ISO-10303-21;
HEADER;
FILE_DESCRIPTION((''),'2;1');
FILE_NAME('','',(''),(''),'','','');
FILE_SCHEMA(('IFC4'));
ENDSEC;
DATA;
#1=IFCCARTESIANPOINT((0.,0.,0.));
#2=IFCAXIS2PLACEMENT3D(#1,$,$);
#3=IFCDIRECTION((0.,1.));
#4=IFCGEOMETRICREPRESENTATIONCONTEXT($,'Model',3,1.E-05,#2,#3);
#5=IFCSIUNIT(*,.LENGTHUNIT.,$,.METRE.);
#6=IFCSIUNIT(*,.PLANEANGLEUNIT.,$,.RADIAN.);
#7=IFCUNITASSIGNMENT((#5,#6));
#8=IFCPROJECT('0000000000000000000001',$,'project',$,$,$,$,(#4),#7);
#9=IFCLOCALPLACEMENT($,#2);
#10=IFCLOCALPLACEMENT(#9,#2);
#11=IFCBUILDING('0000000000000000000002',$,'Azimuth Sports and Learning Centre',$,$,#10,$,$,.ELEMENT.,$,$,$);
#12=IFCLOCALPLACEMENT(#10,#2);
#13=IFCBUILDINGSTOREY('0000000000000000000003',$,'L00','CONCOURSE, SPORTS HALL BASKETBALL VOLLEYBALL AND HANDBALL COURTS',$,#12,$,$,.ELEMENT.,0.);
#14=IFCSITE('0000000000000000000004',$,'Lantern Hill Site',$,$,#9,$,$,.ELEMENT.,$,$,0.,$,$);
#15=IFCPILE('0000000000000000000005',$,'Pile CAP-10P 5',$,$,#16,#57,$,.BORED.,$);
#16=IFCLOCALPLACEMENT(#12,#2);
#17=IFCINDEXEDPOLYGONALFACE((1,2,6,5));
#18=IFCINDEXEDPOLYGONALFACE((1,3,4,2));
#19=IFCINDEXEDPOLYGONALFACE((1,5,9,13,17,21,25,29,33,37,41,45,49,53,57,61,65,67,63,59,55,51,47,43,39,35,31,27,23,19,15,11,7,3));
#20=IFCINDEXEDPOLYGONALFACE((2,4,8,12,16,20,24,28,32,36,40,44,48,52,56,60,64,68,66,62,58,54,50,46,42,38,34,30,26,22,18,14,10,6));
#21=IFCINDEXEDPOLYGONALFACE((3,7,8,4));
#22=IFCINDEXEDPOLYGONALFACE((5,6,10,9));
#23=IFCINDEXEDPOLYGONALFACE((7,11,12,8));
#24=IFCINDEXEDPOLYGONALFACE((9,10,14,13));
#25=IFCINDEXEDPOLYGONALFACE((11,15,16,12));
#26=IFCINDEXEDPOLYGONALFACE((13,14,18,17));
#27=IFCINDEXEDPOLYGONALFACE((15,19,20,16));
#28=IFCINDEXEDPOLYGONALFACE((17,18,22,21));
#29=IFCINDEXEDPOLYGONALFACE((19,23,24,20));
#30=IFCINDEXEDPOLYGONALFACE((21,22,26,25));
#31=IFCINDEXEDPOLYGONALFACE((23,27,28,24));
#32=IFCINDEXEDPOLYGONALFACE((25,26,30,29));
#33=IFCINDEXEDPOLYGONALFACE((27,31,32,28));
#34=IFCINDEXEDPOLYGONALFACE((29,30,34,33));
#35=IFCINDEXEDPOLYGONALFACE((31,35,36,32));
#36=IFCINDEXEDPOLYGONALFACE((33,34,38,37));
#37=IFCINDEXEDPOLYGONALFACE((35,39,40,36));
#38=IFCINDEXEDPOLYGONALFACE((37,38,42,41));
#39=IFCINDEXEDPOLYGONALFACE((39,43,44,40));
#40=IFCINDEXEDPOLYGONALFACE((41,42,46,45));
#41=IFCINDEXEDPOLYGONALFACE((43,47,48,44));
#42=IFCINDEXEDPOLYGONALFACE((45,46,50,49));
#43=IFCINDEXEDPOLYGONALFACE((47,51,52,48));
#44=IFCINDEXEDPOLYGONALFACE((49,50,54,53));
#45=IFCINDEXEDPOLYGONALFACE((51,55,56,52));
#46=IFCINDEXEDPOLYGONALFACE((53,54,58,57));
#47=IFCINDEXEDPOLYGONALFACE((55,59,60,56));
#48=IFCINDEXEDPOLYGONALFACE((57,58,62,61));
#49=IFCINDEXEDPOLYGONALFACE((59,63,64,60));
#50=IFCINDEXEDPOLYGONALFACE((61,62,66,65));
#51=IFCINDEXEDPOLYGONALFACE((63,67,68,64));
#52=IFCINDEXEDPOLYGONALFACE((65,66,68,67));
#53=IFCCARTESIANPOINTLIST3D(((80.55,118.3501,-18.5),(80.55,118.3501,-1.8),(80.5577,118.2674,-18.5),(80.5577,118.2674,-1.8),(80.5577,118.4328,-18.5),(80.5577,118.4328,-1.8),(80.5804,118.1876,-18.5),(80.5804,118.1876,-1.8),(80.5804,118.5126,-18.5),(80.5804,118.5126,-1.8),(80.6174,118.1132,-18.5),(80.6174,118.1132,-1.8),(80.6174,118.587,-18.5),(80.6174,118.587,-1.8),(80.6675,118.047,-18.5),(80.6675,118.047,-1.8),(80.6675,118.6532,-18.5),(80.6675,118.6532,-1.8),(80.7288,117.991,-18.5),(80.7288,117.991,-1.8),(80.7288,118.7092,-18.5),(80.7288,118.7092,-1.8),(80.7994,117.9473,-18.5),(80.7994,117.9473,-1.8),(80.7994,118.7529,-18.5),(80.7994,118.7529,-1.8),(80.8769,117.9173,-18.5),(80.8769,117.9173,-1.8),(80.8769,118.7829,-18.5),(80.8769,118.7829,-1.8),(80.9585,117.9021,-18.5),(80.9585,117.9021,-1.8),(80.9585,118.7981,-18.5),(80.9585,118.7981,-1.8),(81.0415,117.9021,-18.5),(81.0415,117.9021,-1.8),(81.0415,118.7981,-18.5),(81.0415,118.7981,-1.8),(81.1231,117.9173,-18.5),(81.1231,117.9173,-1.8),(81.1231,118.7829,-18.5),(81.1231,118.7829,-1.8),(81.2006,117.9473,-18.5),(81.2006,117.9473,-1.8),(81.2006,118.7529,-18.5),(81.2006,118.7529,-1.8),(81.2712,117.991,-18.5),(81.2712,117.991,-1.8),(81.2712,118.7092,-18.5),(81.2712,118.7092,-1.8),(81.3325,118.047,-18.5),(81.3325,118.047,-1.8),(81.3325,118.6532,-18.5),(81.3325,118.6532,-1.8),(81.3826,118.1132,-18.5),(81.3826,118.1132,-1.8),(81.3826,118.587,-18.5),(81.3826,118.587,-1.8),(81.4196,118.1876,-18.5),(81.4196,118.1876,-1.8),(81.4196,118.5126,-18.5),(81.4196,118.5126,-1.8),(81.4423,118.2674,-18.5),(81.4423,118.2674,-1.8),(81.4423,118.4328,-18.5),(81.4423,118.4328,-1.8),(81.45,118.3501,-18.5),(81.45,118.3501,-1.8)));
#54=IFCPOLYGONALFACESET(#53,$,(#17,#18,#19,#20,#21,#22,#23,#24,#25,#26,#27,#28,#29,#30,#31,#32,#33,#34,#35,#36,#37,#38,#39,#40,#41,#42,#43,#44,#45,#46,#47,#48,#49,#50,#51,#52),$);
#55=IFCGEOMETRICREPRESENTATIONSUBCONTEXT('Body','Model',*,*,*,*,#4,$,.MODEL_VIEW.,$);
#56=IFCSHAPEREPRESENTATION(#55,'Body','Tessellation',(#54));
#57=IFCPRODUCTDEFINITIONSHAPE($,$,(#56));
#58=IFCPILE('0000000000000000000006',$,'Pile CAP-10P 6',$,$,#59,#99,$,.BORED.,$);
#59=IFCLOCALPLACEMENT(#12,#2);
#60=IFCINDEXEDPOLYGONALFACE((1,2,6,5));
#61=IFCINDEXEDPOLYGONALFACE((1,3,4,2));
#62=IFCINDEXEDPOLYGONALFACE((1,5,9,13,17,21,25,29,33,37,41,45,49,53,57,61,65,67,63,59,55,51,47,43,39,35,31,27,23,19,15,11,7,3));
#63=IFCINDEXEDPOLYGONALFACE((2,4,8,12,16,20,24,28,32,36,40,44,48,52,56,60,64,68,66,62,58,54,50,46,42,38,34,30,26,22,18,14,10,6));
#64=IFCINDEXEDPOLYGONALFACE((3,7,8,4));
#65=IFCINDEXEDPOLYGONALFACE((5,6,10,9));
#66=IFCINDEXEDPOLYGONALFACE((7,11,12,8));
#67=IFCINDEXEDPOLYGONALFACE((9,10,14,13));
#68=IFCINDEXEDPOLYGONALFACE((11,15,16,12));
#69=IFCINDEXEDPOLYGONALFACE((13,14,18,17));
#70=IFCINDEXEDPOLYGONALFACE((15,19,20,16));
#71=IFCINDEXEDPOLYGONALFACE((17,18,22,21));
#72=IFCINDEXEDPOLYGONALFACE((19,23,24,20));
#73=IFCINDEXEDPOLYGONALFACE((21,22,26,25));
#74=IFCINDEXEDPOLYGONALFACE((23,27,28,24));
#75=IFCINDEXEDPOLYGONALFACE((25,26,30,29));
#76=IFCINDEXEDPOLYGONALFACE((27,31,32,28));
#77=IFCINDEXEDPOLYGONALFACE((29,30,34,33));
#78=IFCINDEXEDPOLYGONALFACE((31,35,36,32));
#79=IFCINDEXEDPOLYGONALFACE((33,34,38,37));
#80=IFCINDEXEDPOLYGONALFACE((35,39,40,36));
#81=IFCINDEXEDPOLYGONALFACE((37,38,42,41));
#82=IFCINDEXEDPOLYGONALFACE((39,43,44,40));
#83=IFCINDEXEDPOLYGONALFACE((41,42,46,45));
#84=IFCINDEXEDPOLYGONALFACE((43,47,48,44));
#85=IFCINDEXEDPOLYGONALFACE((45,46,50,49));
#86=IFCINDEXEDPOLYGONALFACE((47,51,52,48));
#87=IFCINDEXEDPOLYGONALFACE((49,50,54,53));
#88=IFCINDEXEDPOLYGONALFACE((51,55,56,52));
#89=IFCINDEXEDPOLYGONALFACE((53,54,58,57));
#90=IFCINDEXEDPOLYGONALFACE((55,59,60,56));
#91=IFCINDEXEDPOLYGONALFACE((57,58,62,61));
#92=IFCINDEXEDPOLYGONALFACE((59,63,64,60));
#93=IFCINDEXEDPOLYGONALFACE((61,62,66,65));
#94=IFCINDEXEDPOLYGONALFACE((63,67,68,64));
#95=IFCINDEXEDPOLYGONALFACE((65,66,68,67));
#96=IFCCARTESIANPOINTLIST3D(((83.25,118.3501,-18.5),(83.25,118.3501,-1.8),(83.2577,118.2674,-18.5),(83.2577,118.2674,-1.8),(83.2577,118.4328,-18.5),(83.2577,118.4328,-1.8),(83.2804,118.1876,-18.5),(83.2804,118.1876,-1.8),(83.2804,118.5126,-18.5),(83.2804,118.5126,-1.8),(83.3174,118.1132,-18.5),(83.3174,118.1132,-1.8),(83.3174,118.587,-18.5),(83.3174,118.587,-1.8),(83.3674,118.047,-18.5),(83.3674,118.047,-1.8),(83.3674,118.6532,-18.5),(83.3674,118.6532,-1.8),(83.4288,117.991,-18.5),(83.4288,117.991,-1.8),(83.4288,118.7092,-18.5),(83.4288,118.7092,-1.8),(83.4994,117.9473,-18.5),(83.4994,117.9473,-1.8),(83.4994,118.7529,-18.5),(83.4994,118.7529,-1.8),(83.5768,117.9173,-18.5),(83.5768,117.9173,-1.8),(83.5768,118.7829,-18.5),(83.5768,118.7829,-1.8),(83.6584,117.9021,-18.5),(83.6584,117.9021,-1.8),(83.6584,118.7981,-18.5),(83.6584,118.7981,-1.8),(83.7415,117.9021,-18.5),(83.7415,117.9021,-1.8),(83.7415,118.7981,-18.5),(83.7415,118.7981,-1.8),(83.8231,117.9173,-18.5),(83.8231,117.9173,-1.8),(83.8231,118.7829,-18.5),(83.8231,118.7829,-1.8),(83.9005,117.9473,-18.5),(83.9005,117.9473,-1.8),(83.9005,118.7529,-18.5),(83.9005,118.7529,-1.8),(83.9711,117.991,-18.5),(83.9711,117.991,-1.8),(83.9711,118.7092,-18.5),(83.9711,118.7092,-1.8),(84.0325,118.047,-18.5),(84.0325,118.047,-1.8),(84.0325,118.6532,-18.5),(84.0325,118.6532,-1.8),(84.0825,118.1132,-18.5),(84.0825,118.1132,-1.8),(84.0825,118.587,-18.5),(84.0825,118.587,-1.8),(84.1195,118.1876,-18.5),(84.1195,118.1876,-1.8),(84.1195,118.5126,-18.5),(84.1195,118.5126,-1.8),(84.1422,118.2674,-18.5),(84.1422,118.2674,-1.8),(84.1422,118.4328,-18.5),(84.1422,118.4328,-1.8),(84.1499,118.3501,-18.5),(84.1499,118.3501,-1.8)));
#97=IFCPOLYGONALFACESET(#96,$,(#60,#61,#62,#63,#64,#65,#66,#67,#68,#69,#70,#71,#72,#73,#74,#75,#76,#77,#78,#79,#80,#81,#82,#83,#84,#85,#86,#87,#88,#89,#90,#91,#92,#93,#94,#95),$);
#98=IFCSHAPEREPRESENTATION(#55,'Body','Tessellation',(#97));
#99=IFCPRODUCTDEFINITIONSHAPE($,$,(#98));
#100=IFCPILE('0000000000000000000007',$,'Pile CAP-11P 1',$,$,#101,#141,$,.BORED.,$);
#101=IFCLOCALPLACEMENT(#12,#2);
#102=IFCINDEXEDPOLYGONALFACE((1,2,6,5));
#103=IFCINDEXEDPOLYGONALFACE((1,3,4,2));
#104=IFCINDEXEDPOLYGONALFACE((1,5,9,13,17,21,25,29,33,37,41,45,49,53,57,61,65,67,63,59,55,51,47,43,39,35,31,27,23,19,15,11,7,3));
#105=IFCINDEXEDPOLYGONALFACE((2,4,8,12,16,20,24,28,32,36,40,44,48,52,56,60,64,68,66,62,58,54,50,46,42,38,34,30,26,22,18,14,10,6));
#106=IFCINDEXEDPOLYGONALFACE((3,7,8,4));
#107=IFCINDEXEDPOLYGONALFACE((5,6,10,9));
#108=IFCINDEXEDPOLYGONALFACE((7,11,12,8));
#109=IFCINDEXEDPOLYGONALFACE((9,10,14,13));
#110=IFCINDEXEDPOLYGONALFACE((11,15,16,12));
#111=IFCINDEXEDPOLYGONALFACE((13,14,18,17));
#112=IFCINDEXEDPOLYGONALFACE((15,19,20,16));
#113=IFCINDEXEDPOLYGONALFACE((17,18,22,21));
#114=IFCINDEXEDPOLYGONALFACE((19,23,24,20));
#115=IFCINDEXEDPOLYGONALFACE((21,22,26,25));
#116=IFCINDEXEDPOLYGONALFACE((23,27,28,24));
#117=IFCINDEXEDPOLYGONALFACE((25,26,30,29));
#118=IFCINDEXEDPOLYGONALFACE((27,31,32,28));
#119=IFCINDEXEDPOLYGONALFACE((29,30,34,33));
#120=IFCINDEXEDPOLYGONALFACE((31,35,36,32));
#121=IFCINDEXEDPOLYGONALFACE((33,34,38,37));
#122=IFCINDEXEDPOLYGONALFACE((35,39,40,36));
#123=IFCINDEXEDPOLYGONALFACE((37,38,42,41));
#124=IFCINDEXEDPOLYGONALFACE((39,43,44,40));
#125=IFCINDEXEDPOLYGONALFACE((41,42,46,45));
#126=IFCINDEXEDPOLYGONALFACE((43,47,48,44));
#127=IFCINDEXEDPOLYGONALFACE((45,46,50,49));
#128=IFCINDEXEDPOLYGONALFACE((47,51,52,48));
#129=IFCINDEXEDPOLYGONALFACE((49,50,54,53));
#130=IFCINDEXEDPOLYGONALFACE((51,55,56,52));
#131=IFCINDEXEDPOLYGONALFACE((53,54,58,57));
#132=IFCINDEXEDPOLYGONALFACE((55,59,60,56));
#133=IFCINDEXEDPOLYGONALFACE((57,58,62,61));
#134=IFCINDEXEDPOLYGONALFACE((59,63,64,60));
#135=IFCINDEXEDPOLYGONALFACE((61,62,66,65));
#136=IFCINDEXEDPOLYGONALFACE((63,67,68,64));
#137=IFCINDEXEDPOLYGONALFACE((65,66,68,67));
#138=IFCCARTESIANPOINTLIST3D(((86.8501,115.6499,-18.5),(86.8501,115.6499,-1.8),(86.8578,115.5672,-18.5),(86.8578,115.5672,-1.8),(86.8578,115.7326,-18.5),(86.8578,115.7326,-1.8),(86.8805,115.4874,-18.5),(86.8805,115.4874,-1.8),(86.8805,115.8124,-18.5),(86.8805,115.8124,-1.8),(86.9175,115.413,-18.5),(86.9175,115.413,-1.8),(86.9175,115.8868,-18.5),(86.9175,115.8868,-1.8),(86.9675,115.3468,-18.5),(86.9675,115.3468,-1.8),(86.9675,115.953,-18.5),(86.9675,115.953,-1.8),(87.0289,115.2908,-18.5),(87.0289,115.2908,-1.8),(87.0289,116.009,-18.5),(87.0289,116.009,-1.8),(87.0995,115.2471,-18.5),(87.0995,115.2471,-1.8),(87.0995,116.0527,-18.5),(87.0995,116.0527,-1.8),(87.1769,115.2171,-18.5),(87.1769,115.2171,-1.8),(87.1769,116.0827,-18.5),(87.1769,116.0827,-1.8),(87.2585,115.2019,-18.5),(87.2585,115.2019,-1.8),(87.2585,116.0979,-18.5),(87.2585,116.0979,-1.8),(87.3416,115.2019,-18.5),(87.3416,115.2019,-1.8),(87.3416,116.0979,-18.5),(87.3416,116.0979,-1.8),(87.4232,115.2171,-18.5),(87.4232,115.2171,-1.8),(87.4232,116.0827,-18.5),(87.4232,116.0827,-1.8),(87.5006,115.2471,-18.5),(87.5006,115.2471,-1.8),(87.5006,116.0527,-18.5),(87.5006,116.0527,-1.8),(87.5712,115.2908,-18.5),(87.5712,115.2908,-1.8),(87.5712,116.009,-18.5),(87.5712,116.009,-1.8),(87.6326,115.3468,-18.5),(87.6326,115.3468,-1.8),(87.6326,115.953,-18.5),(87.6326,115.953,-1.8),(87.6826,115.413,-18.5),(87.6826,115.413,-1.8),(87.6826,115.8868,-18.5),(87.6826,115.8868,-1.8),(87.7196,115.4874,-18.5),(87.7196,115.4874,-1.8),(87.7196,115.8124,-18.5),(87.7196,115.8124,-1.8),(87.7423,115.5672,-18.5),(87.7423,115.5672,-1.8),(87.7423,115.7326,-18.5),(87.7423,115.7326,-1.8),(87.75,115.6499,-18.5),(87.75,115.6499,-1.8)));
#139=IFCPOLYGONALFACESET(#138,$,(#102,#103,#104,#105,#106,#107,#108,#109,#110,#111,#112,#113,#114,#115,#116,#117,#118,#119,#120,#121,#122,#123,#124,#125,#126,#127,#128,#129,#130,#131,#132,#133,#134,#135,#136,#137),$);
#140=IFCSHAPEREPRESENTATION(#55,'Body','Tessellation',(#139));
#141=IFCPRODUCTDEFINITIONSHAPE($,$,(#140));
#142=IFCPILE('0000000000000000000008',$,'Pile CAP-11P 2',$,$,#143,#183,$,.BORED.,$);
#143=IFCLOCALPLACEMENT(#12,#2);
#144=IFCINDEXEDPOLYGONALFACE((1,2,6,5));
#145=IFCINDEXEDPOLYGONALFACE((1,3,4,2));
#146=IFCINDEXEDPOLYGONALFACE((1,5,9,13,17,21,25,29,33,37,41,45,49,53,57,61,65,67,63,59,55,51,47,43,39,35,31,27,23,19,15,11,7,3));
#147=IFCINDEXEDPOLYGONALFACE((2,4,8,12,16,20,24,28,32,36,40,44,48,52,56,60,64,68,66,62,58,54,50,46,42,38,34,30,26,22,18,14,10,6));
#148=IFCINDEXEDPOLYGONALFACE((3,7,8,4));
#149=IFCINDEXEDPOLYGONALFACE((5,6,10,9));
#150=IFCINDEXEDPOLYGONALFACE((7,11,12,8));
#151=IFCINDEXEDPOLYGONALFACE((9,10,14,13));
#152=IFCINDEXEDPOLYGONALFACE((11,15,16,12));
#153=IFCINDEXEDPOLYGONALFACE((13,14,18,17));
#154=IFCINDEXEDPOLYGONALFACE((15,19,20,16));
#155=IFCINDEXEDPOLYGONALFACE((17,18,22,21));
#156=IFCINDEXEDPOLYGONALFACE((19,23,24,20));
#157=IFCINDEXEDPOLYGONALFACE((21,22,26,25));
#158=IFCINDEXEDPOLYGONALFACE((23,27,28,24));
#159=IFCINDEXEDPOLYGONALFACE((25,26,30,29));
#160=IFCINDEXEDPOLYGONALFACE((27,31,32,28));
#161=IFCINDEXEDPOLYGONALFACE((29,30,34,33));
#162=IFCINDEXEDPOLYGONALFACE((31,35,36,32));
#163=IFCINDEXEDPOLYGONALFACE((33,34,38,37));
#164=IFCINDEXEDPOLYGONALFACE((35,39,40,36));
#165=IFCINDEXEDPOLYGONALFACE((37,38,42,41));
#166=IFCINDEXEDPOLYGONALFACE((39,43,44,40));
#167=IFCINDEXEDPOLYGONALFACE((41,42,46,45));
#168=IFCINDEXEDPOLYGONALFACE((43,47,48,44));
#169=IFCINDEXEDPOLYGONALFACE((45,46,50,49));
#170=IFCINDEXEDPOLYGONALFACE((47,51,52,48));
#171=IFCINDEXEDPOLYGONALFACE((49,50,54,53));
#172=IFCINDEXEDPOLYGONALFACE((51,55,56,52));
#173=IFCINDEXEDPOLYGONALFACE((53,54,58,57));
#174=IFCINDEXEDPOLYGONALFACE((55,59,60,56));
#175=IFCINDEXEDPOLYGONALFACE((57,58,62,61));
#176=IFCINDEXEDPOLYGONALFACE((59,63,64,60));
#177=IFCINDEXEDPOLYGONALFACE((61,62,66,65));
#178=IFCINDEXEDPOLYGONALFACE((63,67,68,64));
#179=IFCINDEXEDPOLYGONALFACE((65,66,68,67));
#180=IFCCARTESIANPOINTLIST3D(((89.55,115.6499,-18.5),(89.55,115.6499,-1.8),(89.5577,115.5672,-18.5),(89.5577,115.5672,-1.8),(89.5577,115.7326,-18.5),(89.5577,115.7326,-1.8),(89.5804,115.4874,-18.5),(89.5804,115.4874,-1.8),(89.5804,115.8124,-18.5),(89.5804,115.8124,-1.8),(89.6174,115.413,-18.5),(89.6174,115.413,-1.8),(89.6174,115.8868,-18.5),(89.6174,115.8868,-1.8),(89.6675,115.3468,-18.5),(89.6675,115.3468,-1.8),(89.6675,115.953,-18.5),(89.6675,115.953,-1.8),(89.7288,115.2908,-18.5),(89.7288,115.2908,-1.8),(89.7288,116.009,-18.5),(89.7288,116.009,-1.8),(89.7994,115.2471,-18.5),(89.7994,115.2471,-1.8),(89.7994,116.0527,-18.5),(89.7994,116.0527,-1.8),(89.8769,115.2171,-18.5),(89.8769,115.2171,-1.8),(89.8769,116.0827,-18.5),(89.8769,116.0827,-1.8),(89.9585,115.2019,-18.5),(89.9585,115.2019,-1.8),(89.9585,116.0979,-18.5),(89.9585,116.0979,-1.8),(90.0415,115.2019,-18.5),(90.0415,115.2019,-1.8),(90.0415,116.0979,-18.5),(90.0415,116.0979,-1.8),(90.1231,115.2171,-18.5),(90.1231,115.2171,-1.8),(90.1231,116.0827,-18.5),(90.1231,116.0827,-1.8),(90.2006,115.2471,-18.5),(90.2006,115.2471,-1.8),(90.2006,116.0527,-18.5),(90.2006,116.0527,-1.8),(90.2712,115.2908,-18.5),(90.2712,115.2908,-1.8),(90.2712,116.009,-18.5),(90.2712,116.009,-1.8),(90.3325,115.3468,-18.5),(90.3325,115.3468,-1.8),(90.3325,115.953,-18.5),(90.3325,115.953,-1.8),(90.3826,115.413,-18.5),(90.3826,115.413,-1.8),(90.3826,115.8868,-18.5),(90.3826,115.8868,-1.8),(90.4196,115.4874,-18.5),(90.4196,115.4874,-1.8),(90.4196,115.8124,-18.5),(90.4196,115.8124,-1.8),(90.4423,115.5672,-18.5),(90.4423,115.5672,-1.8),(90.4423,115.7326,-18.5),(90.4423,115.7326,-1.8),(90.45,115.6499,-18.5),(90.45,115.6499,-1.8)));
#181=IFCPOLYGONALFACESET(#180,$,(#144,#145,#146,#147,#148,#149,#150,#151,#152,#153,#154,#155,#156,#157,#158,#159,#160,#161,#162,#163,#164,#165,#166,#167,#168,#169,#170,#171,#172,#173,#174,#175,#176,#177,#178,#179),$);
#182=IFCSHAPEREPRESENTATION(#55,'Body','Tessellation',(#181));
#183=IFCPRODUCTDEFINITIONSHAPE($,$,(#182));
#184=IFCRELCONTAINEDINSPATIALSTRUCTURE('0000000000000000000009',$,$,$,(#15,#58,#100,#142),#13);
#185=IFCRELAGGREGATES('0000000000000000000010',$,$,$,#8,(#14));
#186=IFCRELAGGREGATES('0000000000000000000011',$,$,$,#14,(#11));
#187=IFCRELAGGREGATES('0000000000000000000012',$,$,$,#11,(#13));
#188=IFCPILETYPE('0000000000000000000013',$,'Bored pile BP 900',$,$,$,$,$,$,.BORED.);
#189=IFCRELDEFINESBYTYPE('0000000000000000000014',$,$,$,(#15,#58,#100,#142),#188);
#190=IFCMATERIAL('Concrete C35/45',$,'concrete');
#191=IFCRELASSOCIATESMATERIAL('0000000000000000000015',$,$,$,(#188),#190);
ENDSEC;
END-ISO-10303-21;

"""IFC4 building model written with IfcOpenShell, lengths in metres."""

from ifc_helpers import new_model, si_unit, direction, frame, origin, origin_2d, place, context, subcontext, project, spatial, circle, extrude, material, material_profile, profile_set, type_object, element, save


model = new_model("IFC4")

# Units and contexts
model_context = context("Model", 3, precision=1e-05, world=origin(), true_north=direction((0.0, 1.0)))
body_context = subcontext(model_context, "Body", "Model", "MODEL_VIEW")
ifc_project = project(units=[si_unit("LENGTHUNIT", "METRE"), si_unit("PLANEANGLEUNIT", "RADIAN")], contexts=[model_context])

# Site, building, storey
site_placement = place(None, origin())
site = spatial("IfcSite", under=ifc_project, at=site_placement, Name="Lantern Hill Site", CompositionType="ELEMENT", RefElevation=0.0)
building_placement = place(site_placement, origin())
building = spatial("IfcBuilding", under=site, at=building_placement, Name="Azimuth Sports and Learning Centre", CompositionType="ELEMENT")
storey_placement = place(building_placement, origin())
storey = spatial("IfcBuildingStorey", under=building, at=storey_placement, Name="L00", Description="CONCOURSE, SPORTS HALL BASKETBALL VOLLEYBALL AND HANDBALL COURTS", CompositionType="ELEMENT", Elevation=0.0)

# Piles
ifc_material_1 = material(Name="Concrete C35/45", Category="concrete")
ifc_material_profile_1 = material_profile(ifc_material_1, circle(Radius=0.45, at=origin_2d()), Name="BP 900")
ifc_profile_set_1 = profile_set([ifc_material_profile_1], Name="Concrete C35/45")
pile_type = type_object("IfcPileType", Name="Bored pile BP 900", PredefinedType="BORED", material=ifc_profile_set_1)
for number, where, z_axis, x_axis, name in (
    (1, (81.0, 118.3501, -1.8), (0.0, 0.0, -1.0), (1.0, 0.0, 0.0), "Pile CAP-10P 5"),
    (2, (83.7, 118.3501, -1.8), (0.0, 0.0, -1.0), (1.0, 0.0, 0.0), "Pile CAP-10P 6"),
    (3, (87.3, 115.6499, -1.8), (0.0, 0.0, -1.0), (1.0, 0.0, 0.0), "Pile CAP-11P 1"),
    (4, (90.0, 115.6499, -1.8), (0.0, 0.0, -1.0), (1.0, 0.0, 0.0), "Pile CAP-11P 2"),
):
    element("IfcPile", number, at=place(storey_placement, frame(where, z_axis=z_axis, x_axis=x_axis)), inside=storey, type_object=pile_type, Name=name, PredefinedType="BORED", context=body_context, shape_type="SweptSolid", body=[
        extrude(circle(Radius=0.45, at=origin_2d()), origin(), (0.0, 0.0, 1.0), 16.7),
    ])

save(model, "model.ifc")
